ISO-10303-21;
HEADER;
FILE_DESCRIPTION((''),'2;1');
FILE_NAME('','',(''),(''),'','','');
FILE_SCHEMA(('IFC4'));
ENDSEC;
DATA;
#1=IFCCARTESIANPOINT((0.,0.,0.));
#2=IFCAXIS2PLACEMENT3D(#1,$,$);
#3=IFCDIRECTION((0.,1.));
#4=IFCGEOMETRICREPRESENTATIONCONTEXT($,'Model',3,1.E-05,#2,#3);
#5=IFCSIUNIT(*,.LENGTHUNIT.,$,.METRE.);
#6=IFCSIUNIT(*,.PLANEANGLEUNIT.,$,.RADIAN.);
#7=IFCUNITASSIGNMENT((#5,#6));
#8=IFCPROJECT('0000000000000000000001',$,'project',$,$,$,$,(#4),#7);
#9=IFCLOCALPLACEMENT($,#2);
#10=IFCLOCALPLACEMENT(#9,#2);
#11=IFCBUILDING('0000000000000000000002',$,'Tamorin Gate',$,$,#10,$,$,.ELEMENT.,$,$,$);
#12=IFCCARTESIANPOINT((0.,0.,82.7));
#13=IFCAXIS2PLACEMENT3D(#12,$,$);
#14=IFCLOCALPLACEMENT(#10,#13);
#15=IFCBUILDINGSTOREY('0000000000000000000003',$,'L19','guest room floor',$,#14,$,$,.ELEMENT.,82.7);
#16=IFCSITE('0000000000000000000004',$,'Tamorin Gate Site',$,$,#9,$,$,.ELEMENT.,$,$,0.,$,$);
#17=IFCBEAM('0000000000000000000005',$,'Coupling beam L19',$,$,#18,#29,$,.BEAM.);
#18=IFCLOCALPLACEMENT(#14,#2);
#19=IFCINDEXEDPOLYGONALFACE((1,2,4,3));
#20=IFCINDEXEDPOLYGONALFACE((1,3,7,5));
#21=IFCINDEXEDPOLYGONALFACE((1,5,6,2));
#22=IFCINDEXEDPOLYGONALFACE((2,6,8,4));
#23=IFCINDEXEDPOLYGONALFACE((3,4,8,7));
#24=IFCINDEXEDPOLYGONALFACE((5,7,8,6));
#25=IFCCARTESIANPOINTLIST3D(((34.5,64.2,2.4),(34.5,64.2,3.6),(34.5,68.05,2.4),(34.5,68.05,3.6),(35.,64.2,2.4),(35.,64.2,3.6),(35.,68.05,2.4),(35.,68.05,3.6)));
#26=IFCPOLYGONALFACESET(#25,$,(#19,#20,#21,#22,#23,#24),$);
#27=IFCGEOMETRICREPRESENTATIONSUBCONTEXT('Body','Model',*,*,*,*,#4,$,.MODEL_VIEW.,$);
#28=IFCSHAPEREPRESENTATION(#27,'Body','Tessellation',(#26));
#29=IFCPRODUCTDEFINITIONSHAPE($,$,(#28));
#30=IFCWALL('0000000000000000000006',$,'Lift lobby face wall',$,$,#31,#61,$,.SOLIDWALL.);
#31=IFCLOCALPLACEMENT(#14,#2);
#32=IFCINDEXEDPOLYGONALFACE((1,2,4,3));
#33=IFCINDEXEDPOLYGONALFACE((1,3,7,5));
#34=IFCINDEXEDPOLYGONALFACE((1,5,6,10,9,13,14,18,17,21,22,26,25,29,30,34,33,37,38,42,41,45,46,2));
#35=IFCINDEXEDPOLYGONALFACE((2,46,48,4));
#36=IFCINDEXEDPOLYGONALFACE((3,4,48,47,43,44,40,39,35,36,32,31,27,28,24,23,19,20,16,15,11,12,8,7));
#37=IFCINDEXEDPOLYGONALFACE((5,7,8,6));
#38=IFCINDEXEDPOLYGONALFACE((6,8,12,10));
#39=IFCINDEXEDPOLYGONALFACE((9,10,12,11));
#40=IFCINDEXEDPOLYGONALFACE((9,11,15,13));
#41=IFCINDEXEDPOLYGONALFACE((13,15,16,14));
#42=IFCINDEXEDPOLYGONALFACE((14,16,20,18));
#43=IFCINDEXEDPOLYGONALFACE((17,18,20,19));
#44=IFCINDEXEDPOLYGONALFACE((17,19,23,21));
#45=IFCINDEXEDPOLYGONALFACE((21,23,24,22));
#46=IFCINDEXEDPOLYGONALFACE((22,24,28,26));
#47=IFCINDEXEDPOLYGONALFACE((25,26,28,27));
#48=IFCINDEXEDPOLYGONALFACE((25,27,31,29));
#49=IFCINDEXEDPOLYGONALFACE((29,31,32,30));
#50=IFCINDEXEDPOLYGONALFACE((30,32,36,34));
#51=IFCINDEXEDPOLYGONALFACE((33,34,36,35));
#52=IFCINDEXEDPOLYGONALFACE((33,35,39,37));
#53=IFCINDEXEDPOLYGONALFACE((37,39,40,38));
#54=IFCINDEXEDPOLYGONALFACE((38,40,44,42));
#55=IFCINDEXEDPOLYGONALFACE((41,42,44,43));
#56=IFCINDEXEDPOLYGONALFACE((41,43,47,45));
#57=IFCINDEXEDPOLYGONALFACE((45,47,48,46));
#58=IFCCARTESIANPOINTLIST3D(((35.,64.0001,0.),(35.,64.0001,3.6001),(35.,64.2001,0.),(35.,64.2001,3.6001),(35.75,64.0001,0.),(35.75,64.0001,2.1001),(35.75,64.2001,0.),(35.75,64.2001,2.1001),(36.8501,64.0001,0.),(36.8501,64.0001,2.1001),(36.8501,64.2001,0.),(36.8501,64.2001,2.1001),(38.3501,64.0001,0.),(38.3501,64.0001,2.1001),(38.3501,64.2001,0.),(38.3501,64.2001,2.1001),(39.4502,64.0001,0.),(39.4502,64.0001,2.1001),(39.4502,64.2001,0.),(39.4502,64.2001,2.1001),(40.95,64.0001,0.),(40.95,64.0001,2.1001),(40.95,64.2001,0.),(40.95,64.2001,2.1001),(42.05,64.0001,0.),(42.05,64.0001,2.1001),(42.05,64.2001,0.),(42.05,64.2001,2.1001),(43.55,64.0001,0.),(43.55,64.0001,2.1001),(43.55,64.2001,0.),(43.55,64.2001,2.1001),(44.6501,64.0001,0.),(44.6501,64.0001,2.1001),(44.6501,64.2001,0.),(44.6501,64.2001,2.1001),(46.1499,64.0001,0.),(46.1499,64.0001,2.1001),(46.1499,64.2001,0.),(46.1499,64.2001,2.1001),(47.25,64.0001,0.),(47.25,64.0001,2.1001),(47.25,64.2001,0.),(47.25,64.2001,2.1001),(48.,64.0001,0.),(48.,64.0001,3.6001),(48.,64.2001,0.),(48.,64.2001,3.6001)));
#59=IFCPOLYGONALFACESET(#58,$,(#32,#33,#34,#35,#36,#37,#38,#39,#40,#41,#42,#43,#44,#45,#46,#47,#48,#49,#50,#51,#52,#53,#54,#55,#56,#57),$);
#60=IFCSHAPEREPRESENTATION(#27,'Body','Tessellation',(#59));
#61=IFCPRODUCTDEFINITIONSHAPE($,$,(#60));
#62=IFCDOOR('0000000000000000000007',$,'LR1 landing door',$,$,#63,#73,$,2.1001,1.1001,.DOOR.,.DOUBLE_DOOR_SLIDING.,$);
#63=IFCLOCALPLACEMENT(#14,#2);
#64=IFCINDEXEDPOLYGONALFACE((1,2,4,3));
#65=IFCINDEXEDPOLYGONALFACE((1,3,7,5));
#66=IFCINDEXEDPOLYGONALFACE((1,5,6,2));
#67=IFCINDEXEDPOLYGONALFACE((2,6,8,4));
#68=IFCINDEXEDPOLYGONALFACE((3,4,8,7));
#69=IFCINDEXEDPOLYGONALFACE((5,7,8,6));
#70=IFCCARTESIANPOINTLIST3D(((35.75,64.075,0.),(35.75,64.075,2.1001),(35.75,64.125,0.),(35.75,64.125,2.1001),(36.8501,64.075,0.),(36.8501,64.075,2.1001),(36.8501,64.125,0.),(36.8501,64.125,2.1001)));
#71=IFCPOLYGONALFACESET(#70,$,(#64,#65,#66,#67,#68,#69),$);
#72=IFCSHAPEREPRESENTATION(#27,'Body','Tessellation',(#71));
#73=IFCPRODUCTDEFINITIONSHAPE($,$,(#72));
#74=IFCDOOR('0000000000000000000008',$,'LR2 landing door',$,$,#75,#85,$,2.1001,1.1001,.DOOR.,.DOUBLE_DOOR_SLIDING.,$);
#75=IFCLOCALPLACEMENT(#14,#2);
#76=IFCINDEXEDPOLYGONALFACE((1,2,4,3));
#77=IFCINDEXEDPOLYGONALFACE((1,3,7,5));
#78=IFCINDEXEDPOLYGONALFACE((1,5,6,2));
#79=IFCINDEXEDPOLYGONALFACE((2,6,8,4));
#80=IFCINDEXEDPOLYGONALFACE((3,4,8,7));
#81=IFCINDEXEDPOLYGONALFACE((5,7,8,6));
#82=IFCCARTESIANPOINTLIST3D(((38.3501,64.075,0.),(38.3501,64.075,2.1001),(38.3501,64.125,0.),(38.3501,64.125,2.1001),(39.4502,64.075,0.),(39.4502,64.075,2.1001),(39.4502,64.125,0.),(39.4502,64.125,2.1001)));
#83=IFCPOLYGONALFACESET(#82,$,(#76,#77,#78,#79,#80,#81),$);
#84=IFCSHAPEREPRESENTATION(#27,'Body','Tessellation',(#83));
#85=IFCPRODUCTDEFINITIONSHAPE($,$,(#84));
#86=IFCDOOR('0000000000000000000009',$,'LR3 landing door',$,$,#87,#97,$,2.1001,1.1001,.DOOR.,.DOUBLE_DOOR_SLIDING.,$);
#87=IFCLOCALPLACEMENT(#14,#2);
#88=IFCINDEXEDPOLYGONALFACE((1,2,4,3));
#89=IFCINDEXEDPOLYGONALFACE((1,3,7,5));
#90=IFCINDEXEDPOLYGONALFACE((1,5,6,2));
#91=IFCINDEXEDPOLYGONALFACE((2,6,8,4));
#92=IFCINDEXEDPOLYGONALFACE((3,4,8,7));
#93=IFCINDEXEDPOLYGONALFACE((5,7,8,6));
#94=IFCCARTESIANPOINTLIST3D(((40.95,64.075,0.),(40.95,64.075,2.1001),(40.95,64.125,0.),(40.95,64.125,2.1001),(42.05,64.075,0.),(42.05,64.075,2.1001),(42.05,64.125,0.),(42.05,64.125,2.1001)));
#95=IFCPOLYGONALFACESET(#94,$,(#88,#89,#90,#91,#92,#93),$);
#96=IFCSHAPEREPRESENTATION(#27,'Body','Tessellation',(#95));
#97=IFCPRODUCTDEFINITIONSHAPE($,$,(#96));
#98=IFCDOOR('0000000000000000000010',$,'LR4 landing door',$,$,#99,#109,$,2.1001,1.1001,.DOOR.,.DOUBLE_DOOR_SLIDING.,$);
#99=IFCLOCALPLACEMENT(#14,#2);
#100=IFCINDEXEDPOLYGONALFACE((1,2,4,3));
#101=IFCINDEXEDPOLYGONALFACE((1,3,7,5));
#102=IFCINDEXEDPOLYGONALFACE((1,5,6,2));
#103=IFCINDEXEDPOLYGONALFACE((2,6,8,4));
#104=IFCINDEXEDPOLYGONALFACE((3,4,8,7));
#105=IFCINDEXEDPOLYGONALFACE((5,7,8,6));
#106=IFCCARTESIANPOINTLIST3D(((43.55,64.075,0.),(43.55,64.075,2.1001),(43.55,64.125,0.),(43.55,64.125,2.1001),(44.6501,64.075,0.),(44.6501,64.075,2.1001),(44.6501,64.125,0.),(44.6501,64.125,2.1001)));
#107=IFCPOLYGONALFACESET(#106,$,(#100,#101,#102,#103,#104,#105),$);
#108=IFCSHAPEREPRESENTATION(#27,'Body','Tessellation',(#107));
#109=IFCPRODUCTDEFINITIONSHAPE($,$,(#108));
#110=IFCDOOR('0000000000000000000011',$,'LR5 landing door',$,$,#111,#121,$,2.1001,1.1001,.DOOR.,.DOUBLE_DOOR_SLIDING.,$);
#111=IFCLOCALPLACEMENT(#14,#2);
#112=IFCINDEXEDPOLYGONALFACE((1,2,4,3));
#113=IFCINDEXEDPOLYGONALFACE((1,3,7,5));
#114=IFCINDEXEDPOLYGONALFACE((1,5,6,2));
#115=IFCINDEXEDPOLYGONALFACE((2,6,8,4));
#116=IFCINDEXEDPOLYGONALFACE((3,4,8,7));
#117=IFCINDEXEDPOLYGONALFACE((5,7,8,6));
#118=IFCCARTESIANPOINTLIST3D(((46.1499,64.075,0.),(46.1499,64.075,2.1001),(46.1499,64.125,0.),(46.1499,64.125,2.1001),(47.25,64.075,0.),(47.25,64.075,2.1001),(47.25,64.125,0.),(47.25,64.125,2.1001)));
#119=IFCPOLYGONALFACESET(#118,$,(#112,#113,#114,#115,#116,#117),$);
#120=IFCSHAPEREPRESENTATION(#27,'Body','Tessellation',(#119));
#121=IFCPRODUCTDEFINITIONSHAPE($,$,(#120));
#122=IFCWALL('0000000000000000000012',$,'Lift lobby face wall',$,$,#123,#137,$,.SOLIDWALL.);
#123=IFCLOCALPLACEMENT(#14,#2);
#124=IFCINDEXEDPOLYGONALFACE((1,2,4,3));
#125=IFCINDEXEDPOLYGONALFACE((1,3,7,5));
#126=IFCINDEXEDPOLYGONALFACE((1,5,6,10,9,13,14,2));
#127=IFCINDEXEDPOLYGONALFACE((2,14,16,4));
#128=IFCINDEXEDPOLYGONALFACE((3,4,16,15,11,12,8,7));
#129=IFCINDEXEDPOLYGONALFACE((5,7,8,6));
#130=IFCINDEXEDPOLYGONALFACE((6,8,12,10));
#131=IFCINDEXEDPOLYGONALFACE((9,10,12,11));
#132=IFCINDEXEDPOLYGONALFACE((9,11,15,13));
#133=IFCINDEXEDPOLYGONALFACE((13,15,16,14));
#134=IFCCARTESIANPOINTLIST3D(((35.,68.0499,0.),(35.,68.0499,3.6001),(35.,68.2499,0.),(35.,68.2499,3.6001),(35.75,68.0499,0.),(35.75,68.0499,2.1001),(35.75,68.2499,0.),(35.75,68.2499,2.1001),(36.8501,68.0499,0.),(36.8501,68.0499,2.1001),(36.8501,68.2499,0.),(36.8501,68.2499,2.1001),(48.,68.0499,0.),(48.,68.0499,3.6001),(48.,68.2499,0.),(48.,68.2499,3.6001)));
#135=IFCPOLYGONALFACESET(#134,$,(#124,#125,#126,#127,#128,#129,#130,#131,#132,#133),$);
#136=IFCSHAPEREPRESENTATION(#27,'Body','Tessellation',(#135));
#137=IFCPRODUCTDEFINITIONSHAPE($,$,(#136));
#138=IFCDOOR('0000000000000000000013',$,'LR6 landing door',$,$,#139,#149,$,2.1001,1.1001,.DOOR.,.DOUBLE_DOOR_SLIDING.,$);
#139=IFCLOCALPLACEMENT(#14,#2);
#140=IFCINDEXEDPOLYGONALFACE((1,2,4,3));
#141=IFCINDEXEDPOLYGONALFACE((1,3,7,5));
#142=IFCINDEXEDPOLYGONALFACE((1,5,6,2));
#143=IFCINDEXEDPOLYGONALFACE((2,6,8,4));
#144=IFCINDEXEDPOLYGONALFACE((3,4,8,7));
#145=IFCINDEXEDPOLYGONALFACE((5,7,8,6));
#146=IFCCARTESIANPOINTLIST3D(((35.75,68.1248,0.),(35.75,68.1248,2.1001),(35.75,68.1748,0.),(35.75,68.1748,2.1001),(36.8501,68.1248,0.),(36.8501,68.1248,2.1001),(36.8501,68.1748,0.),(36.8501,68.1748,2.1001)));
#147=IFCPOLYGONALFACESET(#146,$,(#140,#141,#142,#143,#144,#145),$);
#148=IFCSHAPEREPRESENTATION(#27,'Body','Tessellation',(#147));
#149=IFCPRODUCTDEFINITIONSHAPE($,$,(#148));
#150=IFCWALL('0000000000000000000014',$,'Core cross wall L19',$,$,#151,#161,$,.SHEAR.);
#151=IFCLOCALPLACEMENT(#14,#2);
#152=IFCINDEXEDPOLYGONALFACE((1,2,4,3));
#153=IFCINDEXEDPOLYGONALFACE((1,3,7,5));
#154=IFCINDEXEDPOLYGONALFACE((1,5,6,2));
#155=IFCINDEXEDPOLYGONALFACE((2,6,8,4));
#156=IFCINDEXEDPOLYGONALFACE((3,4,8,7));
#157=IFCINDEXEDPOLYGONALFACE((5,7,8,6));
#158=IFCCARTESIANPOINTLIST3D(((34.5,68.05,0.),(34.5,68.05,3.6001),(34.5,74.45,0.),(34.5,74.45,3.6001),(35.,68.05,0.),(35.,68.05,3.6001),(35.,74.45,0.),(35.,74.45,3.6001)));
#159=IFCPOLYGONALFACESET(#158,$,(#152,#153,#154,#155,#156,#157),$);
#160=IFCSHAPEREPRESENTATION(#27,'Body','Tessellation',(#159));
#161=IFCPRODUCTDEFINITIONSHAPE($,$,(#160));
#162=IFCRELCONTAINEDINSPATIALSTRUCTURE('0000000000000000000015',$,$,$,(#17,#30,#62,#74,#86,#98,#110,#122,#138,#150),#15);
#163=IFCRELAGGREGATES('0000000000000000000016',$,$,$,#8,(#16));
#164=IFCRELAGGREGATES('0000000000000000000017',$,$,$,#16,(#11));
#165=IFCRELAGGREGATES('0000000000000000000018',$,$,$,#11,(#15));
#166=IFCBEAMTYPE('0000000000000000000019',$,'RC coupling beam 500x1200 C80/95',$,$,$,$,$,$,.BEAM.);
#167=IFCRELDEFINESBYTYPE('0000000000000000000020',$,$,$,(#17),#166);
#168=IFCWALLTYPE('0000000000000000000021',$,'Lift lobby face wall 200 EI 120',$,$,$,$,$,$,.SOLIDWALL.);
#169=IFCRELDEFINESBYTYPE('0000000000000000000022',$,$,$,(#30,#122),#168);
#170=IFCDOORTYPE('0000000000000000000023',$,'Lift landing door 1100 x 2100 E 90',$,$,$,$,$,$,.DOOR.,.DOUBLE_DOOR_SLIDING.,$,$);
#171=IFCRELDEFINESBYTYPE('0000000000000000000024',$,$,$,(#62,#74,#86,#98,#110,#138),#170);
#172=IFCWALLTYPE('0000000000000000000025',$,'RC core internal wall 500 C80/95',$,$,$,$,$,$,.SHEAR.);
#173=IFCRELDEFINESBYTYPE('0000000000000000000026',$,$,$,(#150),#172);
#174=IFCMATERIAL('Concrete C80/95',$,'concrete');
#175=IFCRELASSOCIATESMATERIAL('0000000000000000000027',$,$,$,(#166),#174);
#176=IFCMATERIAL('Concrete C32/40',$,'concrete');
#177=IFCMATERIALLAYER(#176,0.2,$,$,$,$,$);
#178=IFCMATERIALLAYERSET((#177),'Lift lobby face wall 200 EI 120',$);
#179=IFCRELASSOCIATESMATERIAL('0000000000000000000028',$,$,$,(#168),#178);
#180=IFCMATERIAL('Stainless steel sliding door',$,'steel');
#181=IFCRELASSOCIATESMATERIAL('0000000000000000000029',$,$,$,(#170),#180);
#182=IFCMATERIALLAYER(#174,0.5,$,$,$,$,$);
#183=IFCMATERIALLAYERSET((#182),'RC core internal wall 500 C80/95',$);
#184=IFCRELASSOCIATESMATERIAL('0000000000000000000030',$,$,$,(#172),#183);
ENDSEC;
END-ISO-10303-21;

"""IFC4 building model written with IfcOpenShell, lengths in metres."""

from ifc_helpers import new_model, si_unit, direction, frame, frame_2d, origin, origin_2d, place, context, subcontext, project, spatial, rectangle, extrude, material, layer, layer_set, material_profile, profile_set, type_object, element, fill, save


model = new_model("IFC4")

# Units and contexts
model_context = context("Model", 3, precision=1e-05, world=origin(), true_north=direction((0.0, 1.0)))
body_context = subcontext(model_context, "Body", "Model", "MODEL_VIEW")
ifc_project = project(units=[si_unit("LENGTHUNIT", "METRE"), si_unit("PLANEANGLEUNIT", "RADIAN")], contexts=[model_context])

# Site, building, storey
site_placement = place(None, origin())
site = spatial("IfcSite", under=ifc_project, at=site_placement, Name="Tamorin Gate Site", CompositionType="ELEMENT", RefElevation=0.0)
building_placement = place(site_placement, origin())
building = spatial("IfcBuilding", under=site, at=building_placement, Name="Tamorin Gate", CompositionType="ELEMENT")
storey_placement = place(building_placement, frame((0.0, 0.0, 82.7)))
storey = spatial("IfcBuildingStorey", under=building, at=storey_placement, Name="L19", Description="guest room floor", CompositionType="ELEMENT", Elevation=82.7)

# Beam
ifc_material_1 = material(Name="Concrete C80/95", Category="concrete")
ifc_material_profile = material_profile(ifc_material_1, rectangle(XDim=0.5, YDim=1.2, at=origin_2d()), Name="RC 500x1200")
ifc_profile_set = profile_set([ifc_material_profile], Name="Concrete C80/95")
beam_type = type_object("IfcBeamType", Name="RC coupling beam 500x1200 C80/95", PredefinedType="BEAM", material=ifc_profile_set)
beam_placement = place(storey_placement, frame((34.75, 64.2, 3.0), z_axis=(0.0, 1.0, 0.0), x_axis=(-1.0, 0.0, 0.0)))
element("IfcBeam", 1, at=beam_placement, inside=storey, type_object=beam_type, Name="Coupling beam L19", PredefinedType="BEAM", context=body_context, shape_type="SweptSolid", body=[
    extrude(rectangle(XDim=0.5, YDim=1.2, at=origin_2d()), origin(), (0.0, 0.0, 1.0), 3.8501),
])

# Wall, openings, doors
ifc_material_2 = material(Name="Concrete C32/40", Category="concrete")
ifc_layer_1 = layer(ifc_material_2, 0.2)
ifc_layer_set_1 = layer_set([ifc_layer_1], Name="Lift lobby face wall 200 EI 120")
wall_type_1 = type_object("IfcWallType", Name="Lift lobby face wall 200 EI 120", PredefinedType="SOLIDWALL", material=ifc_layer_set_1)
wall_1_placement = place(storey_placement, frame((35.0, 64.1001, 0.0), z_axis=(0.0, 0.0, 1.0), x_axis=(1.0, 0.0, 0.0)))
wall_1 = element("IfcWall", 2, at=wall_1_placement, inside=storey, type_object=wall_type_1, Name="Lift lobby face wall", PredefinedType="SOLIDWALL", context=body_context, shape_type="SweptSolid", body=[
    extrude(rectangle(XDim=13.0, YDim=0.2, at=frame_2d((6.5, 0.0))), origin(), (0.0, 0.0, 1.0), 3.6001),
])
opening_1_placement = place(wall_1_placement, frame((0.75, 0.0, 0.0)))
opening_1 = element("IfcOpeningElement", 3, at=opening_1_placement, cuts=wall_1, PredefinedType="OPENING", context=body_context, shape_type="SweptSolid", body=[
    extrude(rectangle(XDim=1.1001, YDim=2.1001, at=frame_2d((0.55, 1.05))), frame((0.0, 0.1099, 0.0), z_axis=(0.0, -1.0, 0.0), x_axis=(1.0, 0.0, 0.0)), (0.0, 0.0, 1.0), 0.22),
])
opening_2_placement = place(wall_1_placement, frame((3.3501, 0.0, 0.0)))
opening_2 = element("IfcOpeningElement", 4, at=opening_2_placement, cuts=wall_1, PredefinedType="OPENING", context=body_context, shape_type="SweptSolid", body=[
    extrude(rectangle(XDim=1.1001, YDim=2.1001, at=frame_2d((0.55, 1.05))), frame((0.0, 0.1099, 0.0), z_axis=(0.0, -1.0, 0.0), x_axis=(1.0, 0.0, 0.0)), (0.0, 0.0, 1.0), 0.22),
])
opening_3_placement = place(wall_1_placement, frame((5.95, 0.0, 0.0)))
opening_3 = element("IfcOpeningElement", 5, at=opening_3_placement, cuts=wall_1, PredefinedType="OPENING", context=body_context, shape_type="SweptSolid", body=[
    extrude(rectangle(XDim=1.1001, YDim=2.1001, at=frame_2d((0.55, 1.05))), frame((0.0, 0.1099, 0.0), z_axis=(0.0, -1.0, 0.0), x_axis=(1.0, 0.0, 0.0)), (0.0, 0.0, 1.0), 0.22),
])
opening_4_placement = place(wall_1_placement, frame((8.55, 0.0, 0.0)))
opening_4 = element("IfcOpeningElement", 6, at=opening_4_placement, cuts=wall_1, PredefinedType="OPENING", context=body_context, shape_type="SweptSolid", body=[
    extrude(rectangle(XDim=1.1001, YDim=2.1001, at=frame_2d((0.55, 1.05))), frame((0.0, 0.1099, 0.0), z_axis=(0.0, -1.0, 0.0), x_axis=(1.0, 0.0, 0.0)), (0.0, 0.0, 1.0), 0.22),
])
opening_5_placement = place(wall_1_placement, frame((11.1499, 0.0, 0.0)))
opening_5 = element("IfcOpeningElement", 7, at=opening_5_placement, cuts=wall_1, PredefinedType="OPENING", context=body_context, shape_type="SweptSolid", body=[
    extrude(rectangle(XDim=1.1001, YDim=2.1001, at=frame_2d((0.55, 1.05))), frame((0.0, 0.1099, 0.0), z_axis=(0.0, -1.0, 0.0), x_axis=(1.0, 0.0, 0.0)), (0.0, 0.0, 1.0), 0.22),
])
ifc_material_3 = material(Name="Stainless steel sliding door", Category="steel")
door_type_1 = type_object("IfcDoorType", Name="Lift landing door 1100 x 2100 E 90", OperationType="DOUBLE_DOOR_SLIDING", PredefinedType="DOOR", material=ifc_material_3)
door_1_placement = place(opening_1_placement, origin())
door_1 = element("IfcDoor", 8, at=door_1_placement, inside=storey, type_object=door_type_1, Name="LR1 landing door", OperationType="DOUBLE_DOOR_SLIDING", OverallHeight=2.1001, OverallWidth=1.1001, PredefinedType="DOOR", context=body_context, shape_type="SweptSolid", body=[
    extrude(rectangle(XDim=1.1001, YDim=2.1001, at=frame_2d((0.55, 1.05))), frame((0.0, 0.0249, 0.0), z_axis=(0.0, -1.0, 0.0), x_axis=(1.0, 0.0, 0.0)), (0.0, 0.0, 1.0), 0.05),
])
fill(opening_1, door_1)
door_2_placement = place(opening_2_placement, origin())
door_2 = element("IfcDoor", 9, at=door_2_placement, inside=storey, type_object=door_type_1, Name="LR2 landing door", OperationType="DOUBLE_DOOR_SLIDING", OverallHeight=2.1001, OverallWidth=1.1001, PredefinedType="DOOR", context=body_context, shape_type="SweptSolid", body=[
    extrude(rectangle(XDim=1.1001, YDim=2.1001, at=frame_2d((0.55, 1.05))), frame((0.0, 0.0249, 0.0), z_axis=(0.0, -1.0, 0.0), x_axis=(1.0, 0.0, 0.0)), (0.0, 0.0, 1.0), 0.05),
])
fill(opening_2, door_2)
door_3_placement = place(opening_3_placement, origin())
door_3 = element("IfcDoor", 10, at=door_3_placement, inside=storey, type_object=door_type_1, Name="LR3 landing door", OperationType="DOUBLE_DOOR_SLIDING", OverallHeight=2.1001, OverallWidth=1.1001, PredefinedType="DOOR", context=body_context, shape_type="SweptSolid", body=[
    extrude(rectangle(XDim=1.1001, YDim=2.1001, at=frame_2d((0.55, 1.05))), frame((0.0, 0.0249, 0.0), z_axis=(0.0, -1.0, 0.0), x_axis=(1.0, 0.0, 0.0)), (0.0, 0.0, 1.0), 0.05),
])
fill(opening_3, door_3)
door_4_placement = place(opening_4_placement, origin())
door_4 = element("IfcDoor", 11, at=door_4_placement, inside=storey, type_object=door_type_1, Name="LR4 landing door", OperationType="DOUBLE_DOOR_SLIDING", OverallHeight=2.1001, OverallWidth=1.1001, PredefinedType="DOOR", context=body_context, shape_type="SweptSolid", body=[
    extrude(rectangle(XDim=1.1001, YDim=2.1001, at=frame_2d((0.55, 1.05))), frame((0.0, 0.0249, 0.0), z_axis=(0.0, -1.0, 0.0), x_axis=(1.0, 0.0, 0.0)), (0.0, 0.0, 1.0), 0.05),
])
fill(opening_4, door_4)
door_5_placement = place(opening_5_placement, origin())
door_5 = element("IfcDoor", 12, at=door_5_placement, inside=storey, type_object=door_type_1, Name="LR5 landing door", OperationType="DOUBLE_DOOR_SLIDING", OverallHeight=2.1001, OverallWidth=1.1001, PredefinedType="DOOR", context=body_context, shape_type="SweptSolid", body=[
    extrude(rectangle(XDim=1.1001, YDim=2.1001, at=frame_2d((0.55, 1.05))), frame((0.0, 0.0249, 0.0), z_axis=(0.0, -1.0, 0.0), x_axis=(1.0, 0.0, 0.0)), (0.0, 0.0, 1.0), 0.05),
])
fill(opening_5, door_5)

# Wall, opening, door
wall_2_placement = place(storey_placement, frame((35.0, 68.1499, 0.0), z_axis=(0.0, 0.0, 1.0), x_axis=(1.0, 0.0, 0.0)))
wall_2 = element("IfcWall", 13, at=wall_2_placement, inside=storey, type_object=wall_type_1, Name="Lift lobby face wall", PredefinedType="SOLIDWALL", context=body_context, shape_type="SweptSolid", body=[
    extrude(rectangle(XDim=13.0, YDim=0.2, at=frame_2d((6.5, 0.0))), origin(), (0.0, 0.0, 1.0), 3.6001),
])
opening_6_placement = place(wall_2_placement, frame((0.75, 0.0, 0.0)))
opening_6 = element("IfcOpeningElement", 14, at=opening_6_placement, cuts=wall_2, PredefinedType="OPENING", context=body_context, shape_type="SweptSolid", body=[
    extrude(rectangle(XDim=1.1001, YDim=2.1001, at=frame_2d((0.55, 1.05))), frame((0.0, 0.1099, 0.0), z_axis=(0.0, -1.0, 0.0), x_axis=(1.0, 0.0, 0.0)), (0.0, 0.0, 1.0), 0.22),
])
door_6_placement = place(opening_6_placement, origin())
door_6 = element("IfcDoor", 15, at=door_6_placement, inside=storey, type_object=door_type_1, Name="LR6 landing door", OperationType="DOUBLE_DOOR_SLIDING", OverallHeight=2.1001, OverallWidth=1.1001, PredefinedType="DOOR", context=body_context, shape_type="SweptSolid", body=[
    extrude(rectangle(XDim=1.1001, YDim=2.1001, at=frame_2d((0.55, 1.05))), frame((0.0, 0.0249, 0.0), z_axis=(0.0, -1.0, 0.0), x_axis=(1.0, 0.0, 0.0)), (0.0, 0.0, 1.0), 0.05),
])
fill(opening_6, door_6)

# Wall
ifc_layer_2 = layer(ifc_material_1, 0.5)
ifc_layer_set_2 = layer_set([ifc_layer_2], Name="RC core internal wall 500 C80/95")
wall_type_2 = type_object("IfcWallType", Name="RC core internal wall 500 C80/95", PredefinedType="SHEAR", material=ifc_layer_set_2)
wall_3_placement = place(storey_placement, frame((34.75, 68.05, 0.0), z_axis=(0.0, 0.0, 1.0), x_axis=(0.0, 1.0, 0.0)))
element("IfcWall", 16, at=wall_3_placement, inside=storey, type_object=wall_type_2, Name="Core cross wall L19", PredefinedType="SHEAR", context=body_context, shape_type="SweptSolid", body=[
    extrude(rectangle(XDim=6.3999, YDim=0.5, at=frame_2d((3.2, 0.0))), origin(), (0.0, 0.0, 1.0), 3.6001),
])

save(model, "model.ifc")
